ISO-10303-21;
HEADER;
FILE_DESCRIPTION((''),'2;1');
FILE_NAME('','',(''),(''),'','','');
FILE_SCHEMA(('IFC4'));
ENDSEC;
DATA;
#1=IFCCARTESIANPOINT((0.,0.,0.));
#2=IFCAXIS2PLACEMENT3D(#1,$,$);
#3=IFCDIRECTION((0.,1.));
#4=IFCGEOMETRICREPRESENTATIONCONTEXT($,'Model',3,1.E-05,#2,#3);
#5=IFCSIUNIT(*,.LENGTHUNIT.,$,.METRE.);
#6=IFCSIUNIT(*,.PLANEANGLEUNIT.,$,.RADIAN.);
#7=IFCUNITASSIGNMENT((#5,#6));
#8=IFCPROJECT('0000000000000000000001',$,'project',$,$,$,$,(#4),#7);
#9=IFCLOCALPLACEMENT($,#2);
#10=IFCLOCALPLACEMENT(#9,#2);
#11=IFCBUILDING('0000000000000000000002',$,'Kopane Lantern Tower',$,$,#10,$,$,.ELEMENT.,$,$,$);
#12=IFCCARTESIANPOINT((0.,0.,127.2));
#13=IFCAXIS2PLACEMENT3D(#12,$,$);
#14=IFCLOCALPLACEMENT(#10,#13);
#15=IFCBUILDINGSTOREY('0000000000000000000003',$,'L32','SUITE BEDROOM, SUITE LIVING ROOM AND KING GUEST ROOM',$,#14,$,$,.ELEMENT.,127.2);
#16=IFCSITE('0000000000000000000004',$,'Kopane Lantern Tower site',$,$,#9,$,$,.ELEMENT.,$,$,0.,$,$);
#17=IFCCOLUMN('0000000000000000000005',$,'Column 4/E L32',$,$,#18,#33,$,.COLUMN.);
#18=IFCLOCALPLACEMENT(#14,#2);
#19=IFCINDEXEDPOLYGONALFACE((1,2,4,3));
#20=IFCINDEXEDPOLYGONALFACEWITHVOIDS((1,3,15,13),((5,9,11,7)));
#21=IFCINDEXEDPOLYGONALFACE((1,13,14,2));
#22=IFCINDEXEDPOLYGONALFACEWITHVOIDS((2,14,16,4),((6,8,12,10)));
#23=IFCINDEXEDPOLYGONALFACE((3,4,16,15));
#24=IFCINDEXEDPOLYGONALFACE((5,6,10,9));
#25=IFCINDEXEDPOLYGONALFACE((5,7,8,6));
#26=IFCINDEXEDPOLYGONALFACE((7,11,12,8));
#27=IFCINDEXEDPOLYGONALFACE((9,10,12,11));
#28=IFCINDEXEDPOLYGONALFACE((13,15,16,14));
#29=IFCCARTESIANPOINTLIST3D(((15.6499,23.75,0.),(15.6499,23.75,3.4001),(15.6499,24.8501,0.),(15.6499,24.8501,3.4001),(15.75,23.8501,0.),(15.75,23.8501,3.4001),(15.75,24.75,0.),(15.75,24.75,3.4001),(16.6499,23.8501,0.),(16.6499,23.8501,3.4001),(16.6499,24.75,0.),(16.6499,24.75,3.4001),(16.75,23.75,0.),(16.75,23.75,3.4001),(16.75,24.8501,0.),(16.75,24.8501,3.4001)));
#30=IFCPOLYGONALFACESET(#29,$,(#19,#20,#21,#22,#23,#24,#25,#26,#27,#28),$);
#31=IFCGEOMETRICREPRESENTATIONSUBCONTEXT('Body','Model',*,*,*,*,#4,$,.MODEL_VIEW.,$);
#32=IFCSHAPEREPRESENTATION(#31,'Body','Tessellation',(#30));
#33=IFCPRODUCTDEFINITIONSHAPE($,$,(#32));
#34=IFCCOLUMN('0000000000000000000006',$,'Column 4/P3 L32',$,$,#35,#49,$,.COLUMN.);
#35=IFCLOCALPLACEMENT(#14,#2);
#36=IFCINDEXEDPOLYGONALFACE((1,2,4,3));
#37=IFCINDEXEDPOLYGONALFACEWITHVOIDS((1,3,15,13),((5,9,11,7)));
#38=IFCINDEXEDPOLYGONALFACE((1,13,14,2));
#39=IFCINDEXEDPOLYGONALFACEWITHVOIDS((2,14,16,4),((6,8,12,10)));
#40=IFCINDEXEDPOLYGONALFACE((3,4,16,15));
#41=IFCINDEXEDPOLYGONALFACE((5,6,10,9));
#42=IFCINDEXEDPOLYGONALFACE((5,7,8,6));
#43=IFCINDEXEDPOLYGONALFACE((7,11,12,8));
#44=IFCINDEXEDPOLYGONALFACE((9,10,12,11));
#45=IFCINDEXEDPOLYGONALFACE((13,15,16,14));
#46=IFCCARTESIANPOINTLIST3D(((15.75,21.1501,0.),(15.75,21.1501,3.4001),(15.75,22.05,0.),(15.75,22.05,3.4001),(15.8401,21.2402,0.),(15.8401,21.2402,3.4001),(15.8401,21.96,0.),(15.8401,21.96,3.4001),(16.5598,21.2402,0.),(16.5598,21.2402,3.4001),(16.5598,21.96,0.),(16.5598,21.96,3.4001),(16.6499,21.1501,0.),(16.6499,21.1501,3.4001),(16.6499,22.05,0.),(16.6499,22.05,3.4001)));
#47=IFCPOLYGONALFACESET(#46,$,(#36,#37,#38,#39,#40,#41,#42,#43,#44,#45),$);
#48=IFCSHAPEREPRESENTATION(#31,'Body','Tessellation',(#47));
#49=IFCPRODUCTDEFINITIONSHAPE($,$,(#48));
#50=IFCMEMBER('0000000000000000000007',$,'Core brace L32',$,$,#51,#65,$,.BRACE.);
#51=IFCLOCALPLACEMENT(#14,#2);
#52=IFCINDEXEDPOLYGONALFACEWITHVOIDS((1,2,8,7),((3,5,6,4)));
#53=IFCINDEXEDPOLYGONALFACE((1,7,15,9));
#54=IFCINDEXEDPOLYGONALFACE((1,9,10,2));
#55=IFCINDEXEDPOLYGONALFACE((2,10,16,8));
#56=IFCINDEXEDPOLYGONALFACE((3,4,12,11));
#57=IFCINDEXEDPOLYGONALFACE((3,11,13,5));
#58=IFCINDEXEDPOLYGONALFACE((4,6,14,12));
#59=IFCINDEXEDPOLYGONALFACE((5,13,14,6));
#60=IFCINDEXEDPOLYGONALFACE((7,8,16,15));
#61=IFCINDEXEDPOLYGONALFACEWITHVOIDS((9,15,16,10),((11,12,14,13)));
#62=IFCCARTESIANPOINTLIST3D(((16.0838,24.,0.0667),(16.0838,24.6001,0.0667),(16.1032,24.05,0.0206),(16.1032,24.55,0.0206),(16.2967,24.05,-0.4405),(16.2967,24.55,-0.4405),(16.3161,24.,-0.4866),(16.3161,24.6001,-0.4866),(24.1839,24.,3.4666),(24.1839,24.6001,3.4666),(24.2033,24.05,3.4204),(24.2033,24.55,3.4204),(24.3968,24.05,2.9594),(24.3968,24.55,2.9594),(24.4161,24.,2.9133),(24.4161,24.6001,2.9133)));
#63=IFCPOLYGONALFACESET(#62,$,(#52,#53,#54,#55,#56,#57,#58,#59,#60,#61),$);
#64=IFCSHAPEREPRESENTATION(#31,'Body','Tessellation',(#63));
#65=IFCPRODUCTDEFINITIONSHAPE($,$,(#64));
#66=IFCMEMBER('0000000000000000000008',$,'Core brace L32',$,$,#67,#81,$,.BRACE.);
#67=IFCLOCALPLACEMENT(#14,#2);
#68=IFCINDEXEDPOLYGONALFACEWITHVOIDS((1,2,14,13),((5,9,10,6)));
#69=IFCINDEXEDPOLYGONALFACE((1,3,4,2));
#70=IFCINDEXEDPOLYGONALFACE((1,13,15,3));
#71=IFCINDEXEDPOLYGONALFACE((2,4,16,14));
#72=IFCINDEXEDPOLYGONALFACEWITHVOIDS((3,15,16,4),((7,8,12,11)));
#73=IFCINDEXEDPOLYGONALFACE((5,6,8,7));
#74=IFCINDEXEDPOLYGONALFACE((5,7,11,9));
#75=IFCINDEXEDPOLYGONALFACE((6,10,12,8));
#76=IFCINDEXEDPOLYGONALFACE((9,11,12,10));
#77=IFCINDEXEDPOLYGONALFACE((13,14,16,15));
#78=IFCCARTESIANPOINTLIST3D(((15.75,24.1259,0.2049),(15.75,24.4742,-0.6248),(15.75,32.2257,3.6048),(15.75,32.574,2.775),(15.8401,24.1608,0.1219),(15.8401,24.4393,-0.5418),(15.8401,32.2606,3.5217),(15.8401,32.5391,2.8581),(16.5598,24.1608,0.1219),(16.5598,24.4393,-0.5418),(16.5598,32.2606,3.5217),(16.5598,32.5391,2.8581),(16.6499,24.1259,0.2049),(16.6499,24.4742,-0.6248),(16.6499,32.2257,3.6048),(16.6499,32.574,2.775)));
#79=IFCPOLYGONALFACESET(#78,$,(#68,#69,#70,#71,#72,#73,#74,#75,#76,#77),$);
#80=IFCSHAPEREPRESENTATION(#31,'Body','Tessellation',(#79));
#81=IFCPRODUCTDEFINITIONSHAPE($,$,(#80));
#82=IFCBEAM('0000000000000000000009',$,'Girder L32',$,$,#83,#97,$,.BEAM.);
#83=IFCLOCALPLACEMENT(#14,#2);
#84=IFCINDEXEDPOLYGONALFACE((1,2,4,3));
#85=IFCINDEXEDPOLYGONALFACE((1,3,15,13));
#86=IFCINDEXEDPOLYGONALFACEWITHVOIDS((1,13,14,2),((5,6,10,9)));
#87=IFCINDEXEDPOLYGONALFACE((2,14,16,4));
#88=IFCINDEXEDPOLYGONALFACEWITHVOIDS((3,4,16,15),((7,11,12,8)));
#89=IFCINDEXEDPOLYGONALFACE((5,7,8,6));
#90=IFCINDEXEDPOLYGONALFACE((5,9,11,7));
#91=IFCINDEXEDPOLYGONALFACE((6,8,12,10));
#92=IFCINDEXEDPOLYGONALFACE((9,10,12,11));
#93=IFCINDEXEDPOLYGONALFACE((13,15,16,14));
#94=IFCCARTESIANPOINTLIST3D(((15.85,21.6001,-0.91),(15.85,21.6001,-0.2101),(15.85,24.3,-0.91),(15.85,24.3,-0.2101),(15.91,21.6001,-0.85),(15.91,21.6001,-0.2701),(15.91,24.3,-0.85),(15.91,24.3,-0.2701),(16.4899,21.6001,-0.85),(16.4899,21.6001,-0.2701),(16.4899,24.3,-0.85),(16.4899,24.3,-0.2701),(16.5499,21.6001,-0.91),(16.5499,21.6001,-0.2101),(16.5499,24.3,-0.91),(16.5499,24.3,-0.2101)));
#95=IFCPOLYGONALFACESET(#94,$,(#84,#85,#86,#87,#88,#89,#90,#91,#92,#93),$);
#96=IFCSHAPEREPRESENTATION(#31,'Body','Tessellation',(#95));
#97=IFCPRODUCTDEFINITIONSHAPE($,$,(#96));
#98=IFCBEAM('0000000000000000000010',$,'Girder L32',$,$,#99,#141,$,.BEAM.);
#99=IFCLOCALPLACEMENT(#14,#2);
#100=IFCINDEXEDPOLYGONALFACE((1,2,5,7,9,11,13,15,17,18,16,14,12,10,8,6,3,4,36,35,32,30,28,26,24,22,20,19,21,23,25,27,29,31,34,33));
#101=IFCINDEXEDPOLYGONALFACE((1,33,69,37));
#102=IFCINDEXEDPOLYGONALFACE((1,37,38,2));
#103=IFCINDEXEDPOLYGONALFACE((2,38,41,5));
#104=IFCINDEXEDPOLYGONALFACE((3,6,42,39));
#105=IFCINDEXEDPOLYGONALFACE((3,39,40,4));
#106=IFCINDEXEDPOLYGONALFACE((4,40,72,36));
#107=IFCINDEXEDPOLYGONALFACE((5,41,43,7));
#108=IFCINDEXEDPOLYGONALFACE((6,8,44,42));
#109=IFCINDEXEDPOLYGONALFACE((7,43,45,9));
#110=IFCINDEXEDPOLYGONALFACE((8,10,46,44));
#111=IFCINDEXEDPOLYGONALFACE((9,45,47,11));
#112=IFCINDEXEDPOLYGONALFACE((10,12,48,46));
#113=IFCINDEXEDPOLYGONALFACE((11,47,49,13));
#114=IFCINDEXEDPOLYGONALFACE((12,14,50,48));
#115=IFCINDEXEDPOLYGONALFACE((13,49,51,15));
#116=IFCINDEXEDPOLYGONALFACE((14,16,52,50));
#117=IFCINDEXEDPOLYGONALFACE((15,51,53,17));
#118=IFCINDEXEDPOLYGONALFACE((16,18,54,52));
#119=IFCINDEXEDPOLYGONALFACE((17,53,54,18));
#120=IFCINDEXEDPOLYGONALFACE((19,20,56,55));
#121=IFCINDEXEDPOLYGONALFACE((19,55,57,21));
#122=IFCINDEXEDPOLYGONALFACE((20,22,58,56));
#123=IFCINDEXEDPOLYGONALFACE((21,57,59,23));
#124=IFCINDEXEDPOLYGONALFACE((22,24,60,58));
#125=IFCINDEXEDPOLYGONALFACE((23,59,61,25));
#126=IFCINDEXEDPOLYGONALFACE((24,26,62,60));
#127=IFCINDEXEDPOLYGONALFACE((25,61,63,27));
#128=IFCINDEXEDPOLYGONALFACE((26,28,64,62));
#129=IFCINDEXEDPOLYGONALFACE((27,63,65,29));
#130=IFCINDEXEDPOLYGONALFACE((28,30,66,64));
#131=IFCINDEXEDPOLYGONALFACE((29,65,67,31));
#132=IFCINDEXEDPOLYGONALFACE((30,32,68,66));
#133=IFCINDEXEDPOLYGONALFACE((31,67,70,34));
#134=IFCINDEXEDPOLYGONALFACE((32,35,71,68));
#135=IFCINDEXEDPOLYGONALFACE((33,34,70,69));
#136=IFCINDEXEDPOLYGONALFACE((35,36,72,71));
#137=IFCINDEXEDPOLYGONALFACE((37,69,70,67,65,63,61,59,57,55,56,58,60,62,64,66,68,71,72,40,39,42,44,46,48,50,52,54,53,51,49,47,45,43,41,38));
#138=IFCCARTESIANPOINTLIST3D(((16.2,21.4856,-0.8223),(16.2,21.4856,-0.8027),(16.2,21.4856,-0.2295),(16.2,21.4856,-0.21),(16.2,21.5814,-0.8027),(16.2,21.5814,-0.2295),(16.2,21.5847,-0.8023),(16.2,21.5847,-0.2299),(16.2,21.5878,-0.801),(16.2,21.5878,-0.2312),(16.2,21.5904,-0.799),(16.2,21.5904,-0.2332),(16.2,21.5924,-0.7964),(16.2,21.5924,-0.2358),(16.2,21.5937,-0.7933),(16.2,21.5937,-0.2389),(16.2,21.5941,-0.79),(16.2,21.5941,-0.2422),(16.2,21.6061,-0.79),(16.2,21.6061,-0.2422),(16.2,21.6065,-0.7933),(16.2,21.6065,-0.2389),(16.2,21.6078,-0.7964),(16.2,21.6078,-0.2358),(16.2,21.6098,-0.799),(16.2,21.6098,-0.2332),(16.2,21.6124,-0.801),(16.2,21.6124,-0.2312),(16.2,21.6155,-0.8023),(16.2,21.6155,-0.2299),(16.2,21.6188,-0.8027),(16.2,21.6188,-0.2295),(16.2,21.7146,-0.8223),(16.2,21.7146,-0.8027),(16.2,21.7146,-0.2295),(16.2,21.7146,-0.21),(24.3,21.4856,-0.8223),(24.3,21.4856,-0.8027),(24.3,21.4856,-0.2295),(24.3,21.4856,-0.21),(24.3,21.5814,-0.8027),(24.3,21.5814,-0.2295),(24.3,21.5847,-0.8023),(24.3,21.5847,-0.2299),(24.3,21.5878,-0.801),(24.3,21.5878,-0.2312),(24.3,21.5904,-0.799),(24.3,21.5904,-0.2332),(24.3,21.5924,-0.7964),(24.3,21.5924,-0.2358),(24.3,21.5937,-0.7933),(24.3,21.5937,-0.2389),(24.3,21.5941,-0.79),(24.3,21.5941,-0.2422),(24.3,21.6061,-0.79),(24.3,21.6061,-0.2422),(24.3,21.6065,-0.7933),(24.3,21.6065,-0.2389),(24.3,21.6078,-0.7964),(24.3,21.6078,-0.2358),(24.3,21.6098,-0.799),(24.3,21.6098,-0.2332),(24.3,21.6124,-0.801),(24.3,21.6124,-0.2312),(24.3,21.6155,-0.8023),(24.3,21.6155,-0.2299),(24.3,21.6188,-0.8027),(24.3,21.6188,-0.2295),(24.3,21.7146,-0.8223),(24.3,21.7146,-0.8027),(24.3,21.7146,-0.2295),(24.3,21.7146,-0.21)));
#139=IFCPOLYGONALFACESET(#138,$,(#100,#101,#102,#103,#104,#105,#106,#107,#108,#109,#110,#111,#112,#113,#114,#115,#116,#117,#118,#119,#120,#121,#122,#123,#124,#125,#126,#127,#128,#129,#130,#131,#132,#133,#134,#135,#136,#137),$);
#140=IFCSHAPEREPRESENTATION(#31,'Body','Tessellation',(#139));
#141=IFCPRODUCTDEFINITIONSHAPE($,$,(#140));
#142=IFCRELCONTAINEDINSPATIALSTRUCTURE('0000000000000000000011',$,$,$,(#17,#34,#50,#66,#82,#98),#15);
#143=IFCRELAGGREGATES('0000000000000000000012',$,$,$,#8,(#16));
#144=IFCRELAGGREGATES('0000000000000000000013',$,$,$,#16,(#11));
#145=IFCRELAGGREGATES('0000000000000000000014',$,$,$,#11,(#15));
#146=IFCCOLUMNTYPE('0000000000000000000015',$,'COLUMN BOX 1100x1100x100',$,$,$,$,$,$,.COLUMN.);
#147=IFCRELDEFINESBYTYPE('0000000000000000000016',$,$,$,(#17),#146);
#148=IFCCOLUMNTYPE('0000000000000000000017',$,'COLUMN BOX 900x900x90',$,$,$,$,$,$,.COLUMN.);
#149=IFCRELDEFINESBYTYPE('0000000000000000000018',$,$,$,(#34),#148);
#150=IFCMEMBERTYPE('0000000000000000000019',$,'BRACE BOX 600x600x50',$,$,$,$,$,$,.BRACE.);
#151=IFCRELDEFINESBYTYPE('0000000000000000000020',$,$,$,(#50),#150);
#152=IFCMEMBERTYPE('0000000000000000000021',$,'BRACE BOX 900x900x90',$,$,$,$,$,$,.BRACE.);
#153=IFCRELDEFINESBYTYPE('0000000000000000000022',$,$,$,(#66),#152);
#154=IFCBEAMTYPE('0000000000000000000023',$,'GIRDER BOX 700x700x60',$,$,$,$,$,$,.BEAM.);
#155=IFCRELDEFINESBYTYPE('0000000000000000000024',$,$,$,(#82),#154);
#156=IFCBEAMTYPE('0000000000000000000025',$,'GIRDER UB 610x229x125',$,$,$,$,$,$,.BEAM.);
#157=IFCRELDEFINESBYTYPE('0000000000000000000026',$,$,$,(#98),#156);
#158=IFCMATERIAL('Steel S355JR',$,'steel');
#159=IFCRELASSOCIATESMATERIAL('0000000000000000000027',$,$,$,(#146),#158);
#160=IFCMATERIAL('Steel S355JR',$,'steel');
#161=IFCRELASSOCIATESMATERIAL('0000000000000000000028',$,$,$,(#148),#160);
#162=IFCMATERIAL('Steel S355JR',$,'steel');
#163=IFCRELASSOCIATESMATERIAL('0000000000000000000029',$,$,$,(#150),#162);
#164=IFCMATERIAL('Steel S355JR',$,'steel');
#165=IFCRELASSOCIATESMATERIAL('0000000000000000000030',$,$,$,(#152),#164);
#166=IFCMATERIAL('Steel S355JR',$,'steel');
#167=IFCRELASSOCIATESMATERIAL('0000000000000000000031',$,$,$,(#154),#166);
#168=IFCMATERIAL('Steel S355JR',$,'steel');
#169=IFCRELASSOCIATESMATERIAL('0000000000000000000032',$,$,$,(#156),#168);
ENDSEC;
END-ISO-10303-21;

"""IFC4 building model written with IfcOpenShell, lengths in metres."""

from ifc_helpers import new_model, si_unit, direction, frame, origin, origin_2d, place, context, subcontext, project, spatial, hollow_rectangle, i_section, extrude, material, material_profile, profile_set, type_object, element, save


model = new_model("IFC4")

# Units and contexts
model_context = context("Model", 3, precision=1e-05, world=origin(), true_north=direction((0.0, 1.0)))
body_context = subcontext(model_context, "Body", "Model", "MODEL_VIEW")
ifc_project = project(units=[si_unit("LENGTHUNIT", "METRE"), si_unit("PLANEANGLEUNIT", "RADIAN")], contexts=[model_context])

# Site, building, storey
site_placement = place(None, origin())
site = spatial("IfcSite", under=ifc_project, at=site_placement, Name="Kopane Lantern Tower site", CompositionType="ELEMENT", RefElevation=0.0)
building_placement = place(site_placement, origin())
building = spatial("IfcBuilding", under=site, at=building_placement, Name="Kopane Lantern Tower", CompositionType="ELEMENT")
storey_placement = place(building_placement, frame((0.0, 0.0, 127.2)))
storey = spatial("IfcBuildingStorey", under=building, at=storey_placement, Name="L32", Description="SUITE BEDROOM, SUITE LIVING ROOM AND KING GUEST ROOM", CompositionType="ELEMENT", Elevation=127.2)

# Columns
ifc_material_1 = material(Name="Steel S355JR", Category="steel")
ifc_material_profile_1 = material_profile(ifc_material_1, hollow_rectangle(XDim=1.1001, YDim=1.1001, WallThickness=0.1001, at=origin_2d()), Name="BOX 1100x1100x100")
ifc_profile_set_1 = profile_set([ifc_material_profile_1], Name="Steel S355JR")
column_type_1 = type_object("IfcColumnType", Name="COLUMN BOX 1100x1100x100", PredefinedType="COLUMN", material=ifc_profile_set_1)
column_1_placement = place(storey_placement, frame((16.2, 24.3, 0.0), z_axis=(0.0, 0.0, 1.0), x_axis=(1.0, 0.0, 0.0)))
element("IfcColumn", 1, at=column_1_placement, inside=storey, type_object=column_type_1, Name="Column 4/E L32", PredefinedType="COLUMN", context=body_context, shape_type="SweptSolid", body=[
    extrude(hollow_rectangle(XDim=1.1001, YDim=1.1001, WallThickness=0.1001, at=origin_2d()), origin(), (0.0, 0.0, 1.0), 3.4001),
])
ifc_material_2 = material(Name="Steel S355JR", Category="steel")
ifc_material_profile_2 = material_profile(ifc_material_2, hollow_rectangle(XDim=0.8999, YDim=0.8999, WallThickness=0.0901, at=origin_2d()), Name="BOX 900x900x90")
ifc_profile_set_2 = profile_set([ifc_material_profile_2], Name="Steel S355JR")
column_type_2 = type_object("IfcColumnType", Name="COLUMN BOX 900x900x90", PredefinedType="COLUMN", material=ifc_profile_set_2)
column_2_placement = place(storey_placement, frame((16.2, 21.6001, 0.0), z_axis=(0.0, 0.0, 1.0), x_axis=(1.0, 0.0, 0.0)))
element("IfcColumn", 2, at=column_2_placement, inside=storey, type_object=column_type_2, Name="Column 4/P3 L32", PredefinedType="COLUMN", context=body_context, shape_type="SweptSolid", body=[
    extrude(hollow_rectangle(XDim=0.8999, YDim=0.8999, WallThickness=0.0901, at=origin_2d()), origin(), (0.0, 0.0, 1.0), 3.4001),
])

# Members
ifc_material_3 = material(Name="Steel S355JR", Category="steel")
ifc_material_profile_3 = material_profile(ifc_material_3, hollow_rectangle(XDim=0.6001, YDim=0.6001, WallThickness=0.05, at=origin_2d()), Name="BOX 600x600x50")
ifc_profile_set_3 = profile_set([ifc_material_profile_3], Name="Steel S355JR")
member_type_1 = type_object("IfcMemberType", Name="BRACE BOX 600x600x50", PredefinedType="BRACE", material=ifc_profile_set_3)
member_1_placement = place(storey_placement, frame((16.2, 24.3, -0.21), z_axis=(0.922069, 0.0, 0.387026), x_axis=(0.0, 1.0, 0.0)))
element("IfcMember", 3, at=member_1_placement, inside=storey, type_object=member_type_1, Name="Core brace L32", PredefinedType="BRACE", context=body_context, shape_type="SweptSolid", body=[
    extrude(hollow_rectangle(XDim=0.6001, YDim=0.6001, WallThickness=0.05, at=origin_2d()), origin(), (0.0, 0.0, 1.0), 8.7847),
])
ifc_material_4 = material(Name="Steel S355JR", Category="steel")
ifc_material_profile_4 = material_profile(ifc_material_4, hollow_rectangle(XDim=0.8999, YDim=0.8999, WallThickness=0.0901, at=origin_2d()), Name="BOX 900x900x90")
ifc_profile_set_4 = profile_set([ifc_material_profile_4], Name="Steel S355JR")
member_type_2 = type_object("IfcMemberType", Name="BRACE BOX 900x900x90", PredefinedType="BRACE", material=ifc_profile_set_4)
member_2_placement = place(storey_placement, frame((16.2, 24.3, -0.21), z_axis=(0.0, 0.922065, 0.387035), x_axis=(-1.0, 0.0, 0.0)))
element("IfcMember", 4, at=member_2_placement, inside=storey, type_object=member_type_2, Name="Core brace L32", PredefinedType="BRACE", context=body_context, shape_type="SweptSolid", body=[
    extrude(hollow_rectangle(XDim=0.8999, YDim=0.8999, WallThickness=0.0901, at=origin_2d()), origin(), (0.0, 0.0, 1.0), 8.7844),
])

# Beams
ifc_material_5 = material(Name="Steel S355JR", Category="steel")
ifc_material_profile_5 = material_profile(ifc_material_5, hollow_rectangle(XDim=0.7, YDim=0.7, WallThickness=0.0601, at=origin_2d()), Name="BOX 700x700x60")
ifc_profile_set_5 = profile_set([ifc_material_profile_5], Name="Steel S355JR")
beam_type_1 = type_object("IfcBeamType", Name="GIRDER BOX 700x700x60", PredefinedType="BEAM", material=ifc_profile_set_5)
beam_1_placement = place(storey_placement, frame((16.2, 21.6001, -0.5601), z_axis=(0.0, 1.0, 0.0), x_axis=(-1.0, 0.0, 0.0)))
element("IfcBeam", 5, at=beam_1_placement, inside=storey, type_object=beam_type_1, Name="Girder L32", PredefinedType="BEAM", context=body_context, shape_type="SweptSolid", body=[
    extrude(hollow_rectangle(XDim=0.7, YDim=0.7, WallThickness=0.0601, at=origin_2d()), origin(), (0.0, 0.0, 1.0), 2.7),
])
ifc_material_6 = material(Name="Steel S355JR", Category="steel")
ifc_material_profile_6 = material_profile(ifc_material_6, i_section(OverallWidth=0.229, OverallDepth=0.6123, WebThickness=0.012, FlangeThickness=0.0195, FilletRadius=0.0127, at=origin_2d()), Name="UB 610x229x125")
ifc_profile_set_6 = profile_set([ifc_material_profile_6], Name="Steel S355JR")
beam_type_2 = type_object("IfcBeamType", Name="GIRDER UB 610x229x125", PredefinedType="BEAM", material=ifc_profile_set_6)
beam_2_placement = place(storey_placement, frame((16.2, 21.6001, -0.5161), z_axis=(1.0, 0.0, 0.0), x_axis=(0.0, 1.0, 0.0)))
element("IfcBeam", 6, at=beam_2_placement, inside=storey, type_object=beam_type_2, Name="Girder L32", PredefinedType="BEAM", context=body_context, shape_type="SweptSolid", body=[
    extrude(i_section(OverallWidth=0.229, OverallDepth=0.6123, WebThickness=0.012, FlangeThickness=0.0195, FilletRadius=0.0127, at=origin_2d()), origin(), (0.0, 0.0, 1.0), 8.1001),
])

save(model, "model.ifc")
